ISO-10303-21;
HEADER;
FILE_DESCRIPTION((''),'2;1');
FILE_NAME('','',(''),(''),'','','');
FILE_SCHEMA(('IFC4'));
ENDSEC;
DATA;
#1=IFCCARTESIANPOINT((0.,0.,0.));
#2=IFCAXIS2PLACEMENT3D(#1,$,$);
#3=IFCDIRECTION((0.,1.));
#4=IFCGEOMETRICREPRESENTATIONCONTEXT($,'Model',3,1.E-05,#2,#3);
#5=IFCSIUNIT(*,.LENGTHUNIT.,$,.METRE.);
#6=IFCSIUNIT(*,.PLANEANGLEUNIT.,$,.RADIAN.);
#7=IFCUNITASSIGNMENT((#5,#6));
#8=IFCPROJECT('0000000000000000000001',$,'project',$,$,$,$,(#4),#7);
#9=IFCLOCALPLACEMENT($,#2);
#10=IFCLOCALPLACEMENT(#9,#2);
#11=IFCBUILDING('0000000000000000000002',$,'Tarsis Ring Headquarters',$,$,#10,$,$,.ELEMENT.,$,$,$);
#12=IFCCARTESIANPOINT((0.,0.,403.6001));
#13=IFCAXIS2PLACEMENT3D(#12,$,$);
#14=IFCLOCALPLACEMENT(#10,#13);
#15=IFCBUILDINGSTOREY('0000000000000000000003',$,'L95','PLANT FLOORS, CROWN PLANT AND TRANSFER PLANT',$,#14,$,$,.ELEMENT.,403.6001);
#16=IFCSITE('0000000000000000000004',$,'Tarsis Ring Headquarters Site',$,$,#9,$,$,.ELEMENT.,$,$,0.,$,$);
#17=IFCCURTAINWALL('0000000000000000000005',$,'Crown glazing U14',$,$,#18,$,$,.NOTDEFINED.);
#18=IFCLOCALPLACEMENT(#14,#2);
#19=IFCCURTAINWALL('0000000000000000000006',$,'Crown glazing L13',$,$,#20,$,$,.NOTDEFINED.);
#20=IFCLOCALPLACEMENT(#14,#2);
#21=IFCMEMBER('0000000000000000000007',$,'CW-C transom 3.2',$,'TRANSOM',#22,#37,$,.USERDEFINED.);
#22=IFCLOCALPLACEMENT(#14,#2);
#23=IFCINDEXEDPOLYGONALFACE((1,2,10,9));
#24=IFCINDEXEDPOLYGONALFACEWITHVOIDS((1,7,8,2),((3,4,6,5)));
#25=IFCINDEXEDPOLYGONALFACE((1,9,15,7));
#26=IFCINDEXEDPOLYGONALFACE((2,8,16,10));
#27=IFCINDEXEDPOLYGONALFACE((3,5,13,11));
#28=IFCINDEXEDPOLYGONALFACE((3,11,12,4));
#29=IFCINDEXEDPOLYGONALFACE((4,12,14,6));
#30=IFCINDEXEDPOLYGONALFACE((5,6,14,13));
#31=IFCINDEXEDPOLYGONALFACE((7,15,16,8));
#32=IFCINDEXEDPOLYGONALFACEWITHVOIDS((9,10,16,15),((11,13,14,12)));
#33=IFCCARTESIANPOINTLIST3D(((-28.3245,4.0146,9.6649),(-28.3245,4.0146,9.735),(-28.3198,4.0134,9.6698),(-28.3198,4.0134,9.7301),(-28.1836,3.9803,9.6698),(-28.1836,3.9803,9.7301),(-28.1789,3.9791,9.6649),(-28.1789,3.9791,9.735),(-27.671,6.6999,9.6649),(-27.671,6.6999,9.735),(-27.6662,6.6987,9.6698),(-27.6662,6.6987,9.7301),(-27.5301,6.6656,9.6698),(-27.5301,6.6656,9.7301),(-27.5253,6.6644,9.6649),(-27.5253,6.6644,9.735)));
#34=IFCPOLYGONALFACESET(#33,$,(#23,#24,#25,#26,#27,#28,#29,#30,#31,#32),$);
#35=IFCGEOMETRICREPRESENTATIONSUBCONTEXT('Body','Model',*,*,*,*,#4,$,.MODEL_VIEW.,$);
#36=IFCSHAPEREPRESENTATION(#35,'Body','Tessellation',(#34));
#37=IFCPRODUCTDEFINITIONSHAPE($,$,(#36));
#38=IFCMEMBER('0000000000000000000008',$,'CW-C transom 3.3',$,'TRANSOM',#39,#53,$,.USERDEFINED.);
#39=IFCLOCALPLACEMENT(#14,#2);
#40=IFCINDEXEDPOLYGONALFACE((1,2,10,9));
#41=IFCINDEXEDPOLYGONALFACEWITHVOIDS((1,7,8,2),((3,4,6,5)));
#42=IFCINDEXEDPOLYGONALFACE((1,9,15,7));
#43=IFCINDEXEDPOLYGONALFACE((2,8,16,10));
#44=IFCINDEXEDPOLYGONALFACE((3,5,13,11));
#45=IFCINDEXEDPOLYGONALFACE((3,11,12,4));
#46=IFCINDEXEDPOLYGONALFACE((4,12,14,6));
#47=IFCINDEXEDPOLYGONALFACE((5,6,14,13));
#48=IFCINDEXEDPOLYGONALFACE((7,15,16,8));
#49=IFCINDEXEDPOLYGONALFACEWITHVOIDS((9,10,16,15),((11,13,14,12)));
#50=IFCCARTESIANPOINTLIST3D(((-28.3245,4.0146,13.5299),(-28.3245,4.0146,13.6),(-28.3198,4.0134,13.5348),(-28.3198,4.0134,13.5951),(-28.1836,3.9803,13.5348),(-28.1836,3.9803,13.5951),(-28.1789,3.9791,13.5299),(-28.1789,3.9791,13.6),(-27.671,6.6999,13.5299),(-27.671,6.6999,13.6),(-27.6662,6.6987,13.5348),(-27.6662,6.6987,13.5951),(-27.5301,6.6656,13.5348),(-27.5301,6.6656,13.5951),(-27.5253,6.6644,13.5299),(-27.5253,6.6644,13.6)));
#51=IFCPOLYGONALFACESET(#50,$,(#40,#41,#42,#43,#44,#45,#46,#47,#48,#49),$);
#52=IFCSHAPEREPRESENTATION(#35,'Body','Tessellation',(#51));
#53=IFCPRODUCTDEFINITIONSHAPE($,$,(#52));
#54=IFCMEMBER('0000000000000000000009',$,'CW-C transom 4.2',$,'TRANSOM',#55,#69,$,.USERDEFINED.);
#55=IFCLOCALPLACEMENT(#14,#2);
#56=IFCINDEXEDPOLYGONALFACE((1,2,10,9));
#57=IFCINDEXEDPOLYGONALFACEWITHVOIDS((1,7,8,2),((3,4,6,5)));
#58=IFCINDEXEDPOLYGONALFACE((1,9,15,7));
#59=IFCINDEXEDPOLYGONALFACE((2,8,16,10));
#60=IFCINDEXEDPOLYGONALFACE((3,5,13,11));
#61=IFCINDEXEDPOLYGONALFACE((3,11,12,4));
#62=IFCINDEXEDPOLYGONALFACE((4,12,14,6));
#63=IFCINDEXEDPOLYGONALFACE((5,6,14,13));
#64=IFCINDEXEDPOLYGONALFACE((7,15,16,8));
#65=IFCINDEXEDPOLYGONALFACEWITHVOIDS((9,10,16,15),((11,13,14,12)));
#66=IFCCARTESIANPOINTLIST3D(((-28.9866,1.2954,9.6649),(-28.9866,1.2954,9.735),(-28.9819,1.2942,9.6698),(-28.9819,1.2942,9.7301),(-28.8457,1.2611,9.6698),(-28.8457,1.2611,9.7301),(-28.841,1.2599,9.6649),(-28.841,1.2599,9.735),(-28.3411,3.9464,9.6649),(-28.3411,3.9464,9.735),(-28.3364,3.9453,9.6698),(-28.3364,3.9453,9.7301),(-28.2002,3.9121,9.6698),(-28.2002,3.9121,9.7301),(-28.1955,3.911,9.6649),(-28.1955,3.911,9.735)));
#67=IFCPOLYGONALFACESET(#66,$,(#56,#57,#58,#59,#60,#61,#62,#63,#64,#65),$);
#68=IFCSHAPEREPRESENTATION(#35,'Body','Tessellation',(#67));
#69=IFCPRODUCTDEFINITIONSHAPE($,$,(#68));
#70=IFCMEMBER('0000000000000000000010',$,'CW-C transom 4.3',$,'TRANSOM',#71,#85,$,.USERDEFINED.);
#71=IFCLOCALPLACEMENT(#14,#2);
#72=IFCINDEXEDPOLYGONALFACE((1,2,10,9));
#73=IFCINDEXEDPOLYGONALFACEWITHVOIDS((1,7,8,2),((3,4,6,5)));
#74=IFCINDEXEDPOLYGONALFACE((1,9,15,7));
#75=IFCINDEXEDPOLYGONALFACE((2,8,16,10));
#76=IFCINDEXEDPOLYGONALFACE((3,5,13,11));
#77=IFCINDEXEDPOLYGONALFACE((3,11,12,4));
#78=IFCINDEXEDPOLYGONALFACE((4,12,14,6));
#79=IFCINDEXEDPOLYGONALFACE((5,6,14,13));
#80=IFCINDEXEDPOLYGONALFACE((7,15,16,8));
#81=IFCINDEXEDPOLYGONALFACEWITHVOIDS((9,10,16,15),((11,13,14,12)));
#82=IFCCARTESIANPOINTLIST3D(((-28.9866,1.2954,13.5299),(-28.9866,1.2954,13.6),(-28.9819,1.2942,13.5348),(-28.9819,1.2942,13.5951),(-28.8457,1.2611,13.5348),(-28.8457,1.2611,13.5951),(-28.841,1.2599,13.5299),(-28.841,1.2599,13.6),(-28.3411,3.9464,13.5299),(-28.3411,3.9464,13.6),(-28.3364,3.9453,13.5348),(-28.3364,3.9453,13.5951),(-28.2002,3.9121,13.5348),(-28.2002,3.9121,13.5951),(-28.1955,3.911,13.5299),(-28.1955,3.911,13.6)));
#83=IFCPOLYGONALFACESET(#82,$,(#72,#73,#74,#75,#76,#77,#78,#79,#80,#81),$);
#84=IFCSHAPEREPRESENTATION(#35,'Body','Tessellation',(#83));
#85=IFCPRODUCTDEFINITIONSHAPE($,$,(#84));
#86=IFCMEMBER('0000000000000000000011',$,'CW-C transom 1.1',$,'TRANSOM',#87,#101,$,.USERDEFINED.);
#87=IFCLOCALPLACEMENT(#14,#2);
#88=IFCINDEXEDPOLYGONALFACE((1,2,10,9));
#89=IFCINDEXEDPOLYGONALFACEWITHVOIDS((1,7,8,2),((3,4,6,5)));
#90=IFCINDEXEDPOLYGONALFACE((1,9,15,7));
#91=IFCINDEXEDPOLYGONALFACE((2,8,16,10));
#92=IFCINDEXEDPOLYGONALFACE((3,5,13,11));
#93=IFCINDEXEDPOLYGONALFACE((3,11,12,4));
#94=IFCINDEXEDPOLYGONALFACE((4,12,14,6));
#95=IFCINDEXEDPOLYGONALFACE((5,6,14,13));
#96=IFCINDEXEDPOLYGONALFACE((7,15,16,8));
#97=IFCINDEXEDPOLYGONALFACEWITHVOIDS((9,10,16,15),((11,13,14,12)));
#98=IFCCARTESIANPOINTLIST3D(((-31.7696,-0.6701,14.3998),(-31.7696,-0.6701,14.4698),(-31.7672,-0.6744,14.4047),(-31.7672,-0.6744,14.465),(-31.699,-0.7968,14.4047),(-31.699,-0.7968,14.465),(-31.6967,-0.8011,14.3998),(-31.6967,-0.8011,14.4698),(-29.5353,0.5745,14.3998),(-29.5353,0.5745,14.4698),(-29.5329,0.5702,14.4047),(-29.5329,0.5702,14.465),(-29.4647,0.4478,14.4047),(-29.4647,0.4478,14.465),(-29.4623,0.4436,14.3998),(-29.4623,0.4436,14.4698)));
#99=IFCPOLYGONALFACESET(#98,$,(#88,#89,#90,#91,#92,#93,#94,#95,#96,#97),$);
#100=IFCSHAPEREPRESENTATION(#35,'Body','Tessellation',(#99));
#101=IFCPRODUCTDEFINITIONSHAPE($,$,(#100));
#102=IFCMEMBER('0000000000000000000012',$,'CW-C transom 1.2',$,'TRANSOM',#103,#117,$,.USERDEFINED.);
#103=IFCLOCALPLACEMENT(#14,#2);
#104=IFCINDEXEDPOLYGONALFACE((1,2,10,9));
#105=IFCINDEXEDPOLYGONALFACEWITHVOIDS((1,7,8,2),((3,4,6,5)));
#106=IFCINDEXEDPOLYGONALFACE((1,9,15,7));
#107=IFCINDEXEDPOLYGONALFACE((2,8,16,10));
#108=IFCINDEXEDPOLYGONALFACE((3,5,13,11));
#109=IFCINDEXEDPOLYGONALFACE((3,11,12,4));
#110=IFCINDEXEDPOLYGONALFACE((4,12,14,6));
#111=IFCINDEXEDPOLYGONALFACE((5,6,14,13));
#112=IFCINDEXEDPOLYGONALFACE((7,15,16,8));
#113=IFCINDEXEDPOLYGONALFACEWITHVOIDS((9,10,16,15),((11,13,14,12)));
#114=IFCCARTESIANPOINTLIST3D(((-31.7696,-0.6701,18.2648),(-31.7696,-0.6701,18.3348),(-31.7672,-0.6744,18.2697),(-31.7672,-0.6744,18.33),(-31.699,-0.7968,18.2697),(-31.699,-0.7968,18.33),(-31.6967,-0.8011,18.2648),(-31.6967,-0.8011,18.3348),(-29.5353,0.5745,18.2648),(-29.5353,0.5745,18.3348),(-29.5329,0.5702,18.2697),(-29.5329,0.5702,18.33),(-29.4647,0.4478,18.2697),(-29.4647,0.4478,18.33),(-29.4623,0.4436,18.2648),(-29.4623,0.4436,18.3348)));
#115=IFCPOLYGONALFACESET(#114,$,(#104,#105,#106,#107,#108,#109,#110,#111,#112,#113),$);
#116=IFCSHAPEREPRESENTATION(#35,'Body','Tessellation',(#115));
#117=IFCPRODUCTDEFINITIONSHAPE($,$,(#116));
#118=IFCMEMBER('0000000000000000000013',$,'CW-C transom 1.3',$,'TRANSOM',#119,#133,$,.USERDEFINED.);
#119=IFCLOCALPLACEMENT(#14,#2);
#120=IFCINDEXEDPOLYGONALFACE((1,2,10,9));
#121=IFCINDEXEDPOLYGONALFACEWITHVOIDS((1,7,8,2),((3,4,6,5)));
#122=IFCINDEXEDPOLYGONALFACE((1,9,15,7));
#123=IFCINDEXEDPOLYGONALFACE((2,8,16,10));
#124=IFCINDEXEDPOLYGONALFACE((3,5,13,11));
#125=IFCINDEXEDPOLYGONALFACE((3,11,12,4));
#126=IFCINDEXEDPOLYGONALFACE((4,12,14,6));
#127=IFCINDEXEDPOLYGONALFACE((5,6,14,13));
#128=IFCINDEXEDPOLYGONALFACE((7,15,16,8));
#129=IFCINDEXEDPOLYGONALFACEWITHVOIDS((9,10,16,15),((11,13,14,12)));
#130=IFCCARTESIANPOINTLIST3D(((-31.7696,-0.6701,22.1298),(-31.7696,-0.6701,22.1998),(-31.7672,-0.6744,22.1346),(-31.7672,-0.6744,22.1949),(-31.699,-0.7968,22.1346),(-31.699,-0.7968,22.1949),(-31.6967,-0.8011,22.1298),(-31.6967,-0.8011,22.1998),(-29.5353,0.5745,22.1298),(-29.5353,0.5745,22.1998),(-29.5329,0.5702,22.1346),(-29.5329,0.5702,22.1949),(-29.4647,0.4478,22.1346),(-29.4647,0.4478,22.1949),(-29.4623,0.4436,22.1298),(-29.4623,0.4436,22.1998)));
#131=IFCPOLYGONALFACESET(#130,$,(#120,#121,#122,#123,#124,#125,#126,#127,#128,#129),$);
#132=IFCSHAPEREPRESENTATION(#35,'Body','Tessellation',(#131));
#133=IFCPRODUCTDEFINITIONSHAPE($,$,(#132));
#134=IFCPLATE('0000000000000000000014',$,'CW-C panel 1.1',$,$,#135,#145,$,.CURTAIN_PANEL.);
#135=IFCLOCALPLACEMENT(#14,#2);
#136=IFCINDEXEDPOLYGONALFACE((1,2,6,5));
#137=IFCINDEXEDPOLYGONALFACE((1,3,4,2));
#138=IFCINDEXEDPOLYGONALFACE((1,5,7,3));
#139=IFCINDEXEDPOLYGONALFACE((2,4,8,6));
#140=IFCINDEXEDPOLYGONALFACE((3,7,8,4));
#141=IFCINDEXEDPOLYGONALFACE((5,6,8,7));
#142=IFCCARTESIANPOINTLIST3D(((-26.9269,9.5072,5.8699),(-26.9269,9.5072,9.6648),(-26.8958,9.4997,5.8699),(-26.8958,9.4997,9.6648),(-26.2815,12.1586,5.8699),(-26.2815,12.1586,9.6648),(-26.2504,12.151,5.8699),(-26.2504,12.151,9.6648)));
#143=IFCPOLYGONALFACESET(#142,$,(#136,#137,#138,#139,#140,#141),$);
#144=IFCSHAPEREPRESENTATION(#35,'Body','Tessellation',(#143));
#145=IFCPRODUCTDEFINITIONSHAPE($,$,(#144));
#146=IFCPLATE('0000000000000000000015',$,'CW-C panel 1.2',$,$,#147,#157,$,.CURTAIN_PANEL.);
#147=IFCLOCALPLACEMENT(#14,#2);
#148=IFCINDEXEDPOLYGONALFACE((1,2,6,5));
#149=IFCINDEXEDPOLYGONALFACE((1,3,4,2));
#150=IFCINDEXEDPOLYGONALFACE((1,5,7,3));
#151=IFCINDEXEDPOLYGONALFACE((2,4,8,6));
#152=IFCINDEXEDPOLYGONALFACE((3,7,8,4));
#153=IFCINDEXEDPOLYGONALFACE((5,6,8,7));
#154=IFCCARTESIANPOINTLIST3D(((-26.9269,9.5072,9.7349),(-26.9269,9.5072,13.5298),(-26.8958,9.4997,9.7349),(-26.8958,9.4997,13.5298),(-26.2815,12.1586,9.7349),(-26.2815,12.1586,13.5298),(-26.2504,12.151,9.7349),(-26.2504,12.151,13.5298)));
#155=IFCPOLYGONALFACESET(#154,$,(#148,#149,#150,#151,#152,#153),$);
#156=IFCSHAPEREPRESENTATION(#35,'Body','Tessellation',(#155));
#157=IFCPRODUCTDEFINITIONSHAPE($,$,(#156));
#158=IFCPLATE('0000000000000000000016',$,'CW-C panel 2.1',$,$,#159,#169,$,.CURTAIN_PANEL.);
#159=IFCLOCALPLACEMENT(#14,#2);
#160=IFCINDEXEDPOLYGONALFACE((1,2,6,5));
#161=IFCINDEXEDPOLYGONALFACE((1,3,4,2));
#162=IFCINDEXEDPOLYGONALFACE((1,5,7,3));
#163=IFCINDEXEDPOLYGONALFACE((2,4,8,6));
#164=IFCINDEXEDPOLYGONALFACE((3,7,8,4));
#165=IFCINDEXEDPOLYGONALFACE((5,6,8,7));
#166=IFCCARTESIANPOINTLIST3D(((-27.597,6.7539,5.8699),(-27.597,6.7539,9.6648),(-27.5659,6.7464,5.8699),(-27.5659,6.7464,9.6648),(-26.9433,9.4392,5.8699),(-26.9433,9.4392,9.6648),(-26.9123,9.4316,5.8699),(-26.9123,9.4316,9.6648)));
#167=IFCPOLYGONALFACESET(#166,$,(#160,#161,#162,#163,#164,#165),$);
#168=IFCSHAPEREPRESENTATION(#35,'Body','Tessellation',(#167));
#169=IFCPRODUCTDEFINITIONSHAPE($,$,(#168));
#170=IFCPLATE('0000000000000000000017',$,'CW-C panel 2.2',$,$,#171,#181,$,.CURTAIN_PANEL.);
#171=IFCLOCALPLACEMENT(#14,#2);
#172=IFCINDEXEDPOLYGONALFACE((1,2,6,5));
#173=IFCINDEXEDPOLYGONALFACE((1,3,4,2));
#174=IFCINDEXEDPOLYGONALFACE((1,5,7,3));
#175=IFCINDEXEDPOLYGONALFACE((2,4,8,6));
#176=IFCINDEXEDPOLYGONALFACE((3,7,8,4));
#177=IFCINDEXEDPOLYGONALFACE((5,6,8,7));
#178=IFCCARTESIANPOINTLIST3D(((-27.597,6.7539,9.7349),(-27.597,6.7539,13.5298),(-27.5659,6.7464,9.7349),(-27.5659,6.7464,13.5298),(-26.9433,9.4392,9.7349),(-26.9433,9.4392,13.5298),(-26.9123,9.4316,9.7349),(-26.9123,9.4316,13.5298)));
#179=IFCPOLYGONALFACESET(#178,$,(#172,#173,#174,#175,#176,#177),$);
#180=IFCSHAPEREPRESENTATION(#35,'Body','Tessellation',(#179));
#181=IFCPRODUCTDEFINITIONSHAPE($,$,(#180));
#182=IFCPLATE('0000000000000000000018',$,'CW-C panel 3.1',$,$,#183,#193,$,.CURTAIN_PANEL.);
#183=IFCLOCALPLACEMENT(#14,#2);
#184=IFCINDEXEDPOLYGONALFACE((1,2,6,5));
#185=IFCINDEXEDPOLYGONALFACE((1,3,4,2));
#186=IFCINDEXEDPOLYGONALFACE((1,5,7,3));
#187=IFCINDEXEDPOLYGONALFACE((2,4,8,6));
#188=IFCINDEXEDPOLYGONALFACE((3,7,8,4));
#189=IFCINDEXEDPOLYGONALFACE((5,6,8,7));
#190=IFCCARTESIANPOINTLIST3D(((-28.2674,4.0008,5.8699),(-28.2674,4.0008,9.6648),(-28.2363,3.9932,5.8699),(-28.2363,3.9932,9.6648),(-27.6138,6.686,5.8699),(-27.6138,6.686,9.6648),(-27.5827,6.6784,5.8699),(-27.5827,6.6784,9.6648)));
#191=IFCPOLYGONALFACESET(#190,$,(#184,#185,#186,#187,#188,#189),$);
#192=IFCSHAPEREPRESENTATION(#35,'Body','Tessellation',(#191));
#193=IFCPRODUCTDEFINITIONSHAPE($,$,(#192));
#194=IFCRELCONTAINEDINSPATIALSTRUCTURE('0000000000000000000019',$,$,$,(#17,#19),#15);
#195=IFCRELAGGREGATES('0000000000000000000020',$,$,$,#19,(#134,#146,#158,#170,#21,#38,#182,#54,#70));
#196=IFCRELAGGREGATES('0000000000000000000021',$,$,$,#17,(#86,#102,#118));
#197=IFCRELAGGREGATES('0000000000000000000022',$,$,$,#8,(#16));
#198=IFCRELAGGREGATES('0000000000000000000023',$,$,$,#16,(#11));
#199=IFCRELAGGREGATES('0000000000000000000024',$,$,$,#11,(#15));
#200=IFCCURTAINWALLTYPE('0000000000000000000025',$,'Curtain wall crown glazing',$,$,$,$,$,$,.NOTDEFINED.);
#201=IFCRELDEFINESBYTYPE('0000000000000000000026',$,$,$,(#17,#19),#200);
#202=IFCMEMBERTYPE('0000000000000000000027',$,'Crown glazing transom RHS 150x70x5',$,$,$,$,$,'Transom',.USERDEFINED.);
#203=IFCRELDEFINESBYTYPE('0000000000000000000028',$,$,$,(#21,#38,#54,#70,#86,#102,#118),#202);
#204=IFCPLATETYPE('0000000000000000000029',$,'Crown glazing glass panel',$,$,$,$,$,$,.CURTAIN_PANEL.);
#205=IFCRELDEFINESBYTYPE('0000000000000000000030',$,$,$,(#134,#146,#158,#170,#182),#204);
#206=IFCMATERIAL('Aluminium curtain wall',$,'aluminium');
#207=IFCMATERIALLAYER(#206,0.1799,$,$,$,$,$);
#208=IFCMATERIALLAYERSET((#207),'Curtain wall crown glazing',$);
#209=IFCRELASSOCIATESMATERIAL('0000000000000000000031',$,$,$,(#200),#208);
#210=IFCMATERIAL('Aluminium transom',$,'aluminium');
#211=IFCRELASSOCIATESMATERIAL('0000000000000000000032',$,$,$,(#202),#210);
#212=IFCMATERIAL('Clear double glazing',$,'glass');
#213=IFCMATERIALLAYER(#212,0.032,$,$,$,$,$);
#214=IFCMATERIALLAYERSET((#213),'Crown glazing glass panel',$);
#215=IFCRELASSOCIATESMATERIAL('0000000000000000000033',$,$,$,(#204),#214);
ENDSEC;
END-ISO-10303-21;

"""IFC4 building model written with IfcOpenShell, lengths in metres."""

from ifc_helpers import new_model, si_unit, direction, frame, origin, origin_2d, place, context, subcontext, project, spatial, rectangle, hollow_rectangle, extrude, material, layer, layer_set, material_profile, profile_set, type_object, element, aggregate, save


model = new_model("IFC4")

# Units and contexts
model_context = context("Model", 3, precision=1e-05, world=origin(), true_north=direction((0.0, 1.0)))
body_context = subcontext(model_context, "Body", "Model", "MODEL_VIEW")
ifc_project = project(units=[si_unit("LENGTHUNIT", "METRE"), si_unit("PLANEANGLEUNIT", "RADIAN")], contexts=[model_context])

# Site, building, storey
site_placement = place(None, origin())
site = spatial("IfcSite", under=ifc_project, at=site_placement, Name="Tarsis Ring Headquarters Site", CompositionType="ELEMENT", RefElevation=0.0)
building_placement = place(site_placement, origin())
building = spatial("IfcBuilding", under=site, at=building_placement, Name="Tarsis Ring Headquarters", CompositionType="ELEMENT")
storey_placement = place(building_placement, frame((0.0, 0.0, 403.6001)))
storey = spatial("IfcBuildingStorey", under=building, at=storey_placement, Name="L95", Description="PLANT FLOORS, CROWN PLANT AND TRANSFER PLANT", CompositionType="ELEMENT", Elevation=403.6001)

# Curtain wall
ifc_material_1 = material(Name="Aluminium curtain wall", Category="aluminium")
ifc_layer_1 = layer(ifc_material_1, 0.1799)
ifc_layer_set_1 = layer_set([ifc_layer_1], Name="Curtain wall crown glazing")
curtain_wall_type = type_object("IfcCurtainWallType", Name="Curtain wall crown glazing", PredefinedType="NOTDEFINED", material=ifc_layer_set_1)
curtain_wall_1_placement = place(storey_placement, origin())
curtain_wall_1 = element("IfcCurtainWall", 1, at=curtain_wall_1_placement, inside=storey, type_object=curtain_wall_type, Name="Crown glazing U14", PredefinedType="NOTDEFINED")

# Curtain wall, members
curtain_wall_2_placement = place(storey_placement, origin())
curtain_wall_2 = element("IfcCurtainWall", 2, at=curtain_wall_2_placement, inside=storey, type_object=curtain_wall_type, Name="Crown glazing L13", PredefinedType="NOTDEFINED")
ifc_material_2 = material(Name="Aluminium transom", Category="aluminium")
ifc_material_profile_1 = material_profile(ifc_material_2, hollow_rectangle(XDim=0.1499, YDim=0.0701, WallThickness=0.0049, at=origin_2d()), Name="RHS 150x70x5")
ifc_profile_set_1 = profile_set([ifc_material_profile_1], Name="Aluminium transom")
member_type_1 = type_object("IfcMemberType", Name="Crown glazing transom RHS 150x70x5", ElementType="Transom", PredefinedType="USERDEFINED", material=ifc_profile_set_1)
member_1_placement = place(storey_placement, frame((-27.5981, 6.6821, 9.7), z_axis=(-0.236482, -0.971636, 0.0), x_axis=(0.971636, -0.236482, 0.0)))
member_1 = element("IfcMember", 3, at=member_1_placement, type_object=member_type_1, Name="CW-C transom 3.2", ObjectType="TRANSOM", PredefinedType="USERDEFINED", context=body_context, shape_type="SweptSolid", body=[
    extrude(hollow_rectangle(XDim=0.1499, YDim=0.0701, WallThickness=0.0049, at=origin_2d()), origin(), (0.0, 0.0, 1.0), 2.7637),
])
member_2_placement = place(storey_placement, frame((-27.5981, 6.6821, 13.5649), z_axis=(-0.236482, -0.971636, 0.0), x_axis=(0.971636, -0.236482, 0.0)))
member_2 = element("IfcMember", 4, at=member_2_placement, type_object=member_type_1, Name="CW-C transom 3.3", ObjectType="TRANSOM", PredefinedType="USERDEFINED", context=body_context, shape_type="SweptSolid", body=[
    extrude(hollow_rectangle(XDim=0.1499, YDim=0.0701, WallThickness=0.0049, at=origin_2d()), origin(), (0.0, 0.0, 1.0), 2.7637),
])
member_3_placement = place(storey_placement, frame((-28.2683, 3.9287, 9.7), z_axis=(-0.236573, -0.971614, 0.0), x_axis=(0.971614, -0.236573, 0.0)))
member_3 = element("IfcMember", 5, at=member_3_placement, type_object=member_type_1, Name="CW-C transom 4.2", ObjectType="TRANSOM", PredefinedType="USERDEFINED", context=body_context, shape_type="SweptSolid", body=[
    extrude(hollow_rectangle(XDim=0.1499, YDim=0.0701, WallThickness=0.0049, at=origin_2d()), origin(), (0.0, 0.0, 1.0), 2.7285),
])
member_4_placement = place(storey_placement, frame((-28.2683, 3.9287, 13.5649), z_axis=(-0.236573, -0.971614, 0.0), x_axis=(0.971614, -0.236573, 0.0)))
member_4 = element("IfcMember", 6, at=member_4_placement, type_object=member_type_1, Name="CW-C transom 4.3", ObjectType="TRANSOM", PredefinedType="USERDEFINED", context=body_context, shape_type="SweptSolid", body=[
    extrude(hollow_rectangle(XDim=0.1499, YDim=0.0701, WallThickness=0.0049, at=origin_2d()), origin(), (0.0, 0.0, 1.0), 2.7285),
])

# Members
member_5_placement = place(storey_placement, frame((-29.4988, 0.509, 14.4348), z_axis=(-0.873607, -0.486631, 0.0), x_axis=(0.486631, -0.873607, 0.0)))
member_5 = element("IfcMember", 7, at=member_5_placement, type_object=member_type_1, Name="CW-C transom 1.1", ObjectType="TRANSOM", PredefinedType="USERDEFINED", context=body_context, shape_type="SweptSolid", body=[
    extrude(hollow_rectangle(XDim=0.1499, YDim=0.0701, WallThickness=0.0049, at=origin_2d()), origin(), (0.0, 0.0, 1.0), 2.5576),
])
member_6_placement = place(storey_placement, frame((-29.4988, 0.509, 18.2998), z_axis=(-0.873607, -0.486631, 0.0), x_axis=(0.486631, -0.873607, 0.0)))
member_6 = element("IfcMember", 8, at=member_6_placement, type_object=member_type_1, Name="CW-C transom 1.2", ObjectType="TRANSOM", PredefinedType="USERDEFINED", context=body_context, shape_type="SweptSolid", body=[
    extrude(hollow_rectangle(XDim=0.1499, YDim=0.0701, WallThickness=0.0049, at=origin_2d()), origin(), (0.0, 0.0, 1.0), 2.5576),
])
member_7_placement = place(storey_placement, frame((-29.4988, 0.509, 22.1648), z_axis=(-0.873607, -0.486631, 0.0), x_axis=(0.486631, -0.873607, 0.0)))
member_7 = element("IfcMember", 9, at=member_7_placement, type_object=member_type_1, Name="CW-C transom 1.3", ObjectType="TRANSOM", PredefinedType="USERDEFINED", context=body_context, shape_type="SweptSolid", body=[
    extrude(hollow_rectangle(XDim=0.1499, YDim=0.0701, WallThickness=0.0049, at=origin_2d()), origin(), (0.0, 0.0, 1.0), 2.5576),
])

# Plates
ifc_material_3 = material(Name="Clear double glazing", Category="glass")
ifc_layer_2 = layer(ifc_material_3, 0.032)
ifc_layer_set_2 = layer_set([ifc_layer_2], Name="Crown glazing glass panel")
plate_type = type_object("IfcPlateType", Name="Crown glazing glass panel", PredefinedType="CURTAIN_PANEL", material=ifc_layer_set_2)
plate_1_placement = place(storey_placement, frame((-26.5886, 10.8291, 5.8699), z_axis=(0.0, 0.0, 1.0), x_axis=(-0.236521, -0.971626, 0.0)))
plate_1 = element("IfcPlate", 10, at=plate_1_placement, type_object=plate_type, Name="CW-C panel 1.1", PredefinedType="CURTAIN_PANEL", context=body_context, shape_type="SweptSolid", body=[
    extrude(rectangle(XDim=2.7288, YDim=0.032, at=origin_2d()), origin(), (0.0, 0.0, 1.0), 3.7949),
])
plate_2_placement = place(storey_placement, frame((-26.5886, 10.8291, 9.7349), z_axis=(0.0, 0.0, 1.0), x_axis=(-0.236521, -0.971626, 0.0)))
plate_2 = element("IfcPlate", 11, at=plate_2_placement, type_object=plate_type, Name="CW-C panel 1.2", PredefinedType="CURTAIN_PANEL", context=body_context, shape_type="SweptSolid", body=[
    extrude(rectangle(XDim=2.7288, YDim=0.032, at=origin_2d()), origin(), (0.0, 0.0, 1.0), 3.7949),
])
plate_3_placement = place(storey_placement, frame((-27.2546, 8.0928, 5.8699), z_axis=(0.0, 0.0, 1.0), x_axis=(-0.236521, -0.971626, 0.0)))
plate_3 = element("IfcPlate", 12, at=plate_3_placement, type_object=plate_type, Name="CW-C panel 2.1", PredefinedType="CURTAIN_PANEL", context=body_context, shape_type="SweptSolid", body=[
    extrude(rectangle(XDim=2.7637, YDim=0.032, at=origin_2d()), origin(), (0.0, 0.0, 1.0), 3.7949),
])
plate_4_placement = place(storey_placement, frame((-27.2546, 8.0928, 9.7349), z_axis=(0.0, 0.0, 1.0), x_axis=(-0.236521, -0.971626, 0.0)))
plate_4 = element("IfcPlate", 13, at=plate_4_placement, type_object=plate_type, Name="CW-C panel 2.2", PredefinedType="CURTAIN_PANEL", context=body_context, shape_type="SweptSolid", body=[
    extrude(rectangle(XDim=2.7637, YDim=0.032, at=origin_2d()), origin(), (0.0, 0.0, 1.0), 3.7949),
])
plate_5_placement = place(storey_placement, frame((-27.925, 5.3396, 5.8699), z_axis=(0.0, 0.0, 1.0), x_axis=(-0.236521, -0.971626, 0.0)))
plate_5 = element("IfcPlate", 14, at=plate_5_placement, type_object=plate_type, Name="CW-C panel 3.1", PredefinedType="CURTAIN_PANEL", context=body_context, shape_type="SweptSolid", body=[
    extrude(rectangle(XDim=2.7637, YDim=0.032, at=origin_2d()), origin(), (0.0, 0.0, 1.0), 3.7949),
])
aggregate(curtain_wall_2, [plate_1, plate_2, plate_3, plate_4, member_1, member_2, plate_5, member_3, member_4])
aggregate(curtain_wall_1, [member_5, member_6, member_7])

save(model, "model.ifc")
